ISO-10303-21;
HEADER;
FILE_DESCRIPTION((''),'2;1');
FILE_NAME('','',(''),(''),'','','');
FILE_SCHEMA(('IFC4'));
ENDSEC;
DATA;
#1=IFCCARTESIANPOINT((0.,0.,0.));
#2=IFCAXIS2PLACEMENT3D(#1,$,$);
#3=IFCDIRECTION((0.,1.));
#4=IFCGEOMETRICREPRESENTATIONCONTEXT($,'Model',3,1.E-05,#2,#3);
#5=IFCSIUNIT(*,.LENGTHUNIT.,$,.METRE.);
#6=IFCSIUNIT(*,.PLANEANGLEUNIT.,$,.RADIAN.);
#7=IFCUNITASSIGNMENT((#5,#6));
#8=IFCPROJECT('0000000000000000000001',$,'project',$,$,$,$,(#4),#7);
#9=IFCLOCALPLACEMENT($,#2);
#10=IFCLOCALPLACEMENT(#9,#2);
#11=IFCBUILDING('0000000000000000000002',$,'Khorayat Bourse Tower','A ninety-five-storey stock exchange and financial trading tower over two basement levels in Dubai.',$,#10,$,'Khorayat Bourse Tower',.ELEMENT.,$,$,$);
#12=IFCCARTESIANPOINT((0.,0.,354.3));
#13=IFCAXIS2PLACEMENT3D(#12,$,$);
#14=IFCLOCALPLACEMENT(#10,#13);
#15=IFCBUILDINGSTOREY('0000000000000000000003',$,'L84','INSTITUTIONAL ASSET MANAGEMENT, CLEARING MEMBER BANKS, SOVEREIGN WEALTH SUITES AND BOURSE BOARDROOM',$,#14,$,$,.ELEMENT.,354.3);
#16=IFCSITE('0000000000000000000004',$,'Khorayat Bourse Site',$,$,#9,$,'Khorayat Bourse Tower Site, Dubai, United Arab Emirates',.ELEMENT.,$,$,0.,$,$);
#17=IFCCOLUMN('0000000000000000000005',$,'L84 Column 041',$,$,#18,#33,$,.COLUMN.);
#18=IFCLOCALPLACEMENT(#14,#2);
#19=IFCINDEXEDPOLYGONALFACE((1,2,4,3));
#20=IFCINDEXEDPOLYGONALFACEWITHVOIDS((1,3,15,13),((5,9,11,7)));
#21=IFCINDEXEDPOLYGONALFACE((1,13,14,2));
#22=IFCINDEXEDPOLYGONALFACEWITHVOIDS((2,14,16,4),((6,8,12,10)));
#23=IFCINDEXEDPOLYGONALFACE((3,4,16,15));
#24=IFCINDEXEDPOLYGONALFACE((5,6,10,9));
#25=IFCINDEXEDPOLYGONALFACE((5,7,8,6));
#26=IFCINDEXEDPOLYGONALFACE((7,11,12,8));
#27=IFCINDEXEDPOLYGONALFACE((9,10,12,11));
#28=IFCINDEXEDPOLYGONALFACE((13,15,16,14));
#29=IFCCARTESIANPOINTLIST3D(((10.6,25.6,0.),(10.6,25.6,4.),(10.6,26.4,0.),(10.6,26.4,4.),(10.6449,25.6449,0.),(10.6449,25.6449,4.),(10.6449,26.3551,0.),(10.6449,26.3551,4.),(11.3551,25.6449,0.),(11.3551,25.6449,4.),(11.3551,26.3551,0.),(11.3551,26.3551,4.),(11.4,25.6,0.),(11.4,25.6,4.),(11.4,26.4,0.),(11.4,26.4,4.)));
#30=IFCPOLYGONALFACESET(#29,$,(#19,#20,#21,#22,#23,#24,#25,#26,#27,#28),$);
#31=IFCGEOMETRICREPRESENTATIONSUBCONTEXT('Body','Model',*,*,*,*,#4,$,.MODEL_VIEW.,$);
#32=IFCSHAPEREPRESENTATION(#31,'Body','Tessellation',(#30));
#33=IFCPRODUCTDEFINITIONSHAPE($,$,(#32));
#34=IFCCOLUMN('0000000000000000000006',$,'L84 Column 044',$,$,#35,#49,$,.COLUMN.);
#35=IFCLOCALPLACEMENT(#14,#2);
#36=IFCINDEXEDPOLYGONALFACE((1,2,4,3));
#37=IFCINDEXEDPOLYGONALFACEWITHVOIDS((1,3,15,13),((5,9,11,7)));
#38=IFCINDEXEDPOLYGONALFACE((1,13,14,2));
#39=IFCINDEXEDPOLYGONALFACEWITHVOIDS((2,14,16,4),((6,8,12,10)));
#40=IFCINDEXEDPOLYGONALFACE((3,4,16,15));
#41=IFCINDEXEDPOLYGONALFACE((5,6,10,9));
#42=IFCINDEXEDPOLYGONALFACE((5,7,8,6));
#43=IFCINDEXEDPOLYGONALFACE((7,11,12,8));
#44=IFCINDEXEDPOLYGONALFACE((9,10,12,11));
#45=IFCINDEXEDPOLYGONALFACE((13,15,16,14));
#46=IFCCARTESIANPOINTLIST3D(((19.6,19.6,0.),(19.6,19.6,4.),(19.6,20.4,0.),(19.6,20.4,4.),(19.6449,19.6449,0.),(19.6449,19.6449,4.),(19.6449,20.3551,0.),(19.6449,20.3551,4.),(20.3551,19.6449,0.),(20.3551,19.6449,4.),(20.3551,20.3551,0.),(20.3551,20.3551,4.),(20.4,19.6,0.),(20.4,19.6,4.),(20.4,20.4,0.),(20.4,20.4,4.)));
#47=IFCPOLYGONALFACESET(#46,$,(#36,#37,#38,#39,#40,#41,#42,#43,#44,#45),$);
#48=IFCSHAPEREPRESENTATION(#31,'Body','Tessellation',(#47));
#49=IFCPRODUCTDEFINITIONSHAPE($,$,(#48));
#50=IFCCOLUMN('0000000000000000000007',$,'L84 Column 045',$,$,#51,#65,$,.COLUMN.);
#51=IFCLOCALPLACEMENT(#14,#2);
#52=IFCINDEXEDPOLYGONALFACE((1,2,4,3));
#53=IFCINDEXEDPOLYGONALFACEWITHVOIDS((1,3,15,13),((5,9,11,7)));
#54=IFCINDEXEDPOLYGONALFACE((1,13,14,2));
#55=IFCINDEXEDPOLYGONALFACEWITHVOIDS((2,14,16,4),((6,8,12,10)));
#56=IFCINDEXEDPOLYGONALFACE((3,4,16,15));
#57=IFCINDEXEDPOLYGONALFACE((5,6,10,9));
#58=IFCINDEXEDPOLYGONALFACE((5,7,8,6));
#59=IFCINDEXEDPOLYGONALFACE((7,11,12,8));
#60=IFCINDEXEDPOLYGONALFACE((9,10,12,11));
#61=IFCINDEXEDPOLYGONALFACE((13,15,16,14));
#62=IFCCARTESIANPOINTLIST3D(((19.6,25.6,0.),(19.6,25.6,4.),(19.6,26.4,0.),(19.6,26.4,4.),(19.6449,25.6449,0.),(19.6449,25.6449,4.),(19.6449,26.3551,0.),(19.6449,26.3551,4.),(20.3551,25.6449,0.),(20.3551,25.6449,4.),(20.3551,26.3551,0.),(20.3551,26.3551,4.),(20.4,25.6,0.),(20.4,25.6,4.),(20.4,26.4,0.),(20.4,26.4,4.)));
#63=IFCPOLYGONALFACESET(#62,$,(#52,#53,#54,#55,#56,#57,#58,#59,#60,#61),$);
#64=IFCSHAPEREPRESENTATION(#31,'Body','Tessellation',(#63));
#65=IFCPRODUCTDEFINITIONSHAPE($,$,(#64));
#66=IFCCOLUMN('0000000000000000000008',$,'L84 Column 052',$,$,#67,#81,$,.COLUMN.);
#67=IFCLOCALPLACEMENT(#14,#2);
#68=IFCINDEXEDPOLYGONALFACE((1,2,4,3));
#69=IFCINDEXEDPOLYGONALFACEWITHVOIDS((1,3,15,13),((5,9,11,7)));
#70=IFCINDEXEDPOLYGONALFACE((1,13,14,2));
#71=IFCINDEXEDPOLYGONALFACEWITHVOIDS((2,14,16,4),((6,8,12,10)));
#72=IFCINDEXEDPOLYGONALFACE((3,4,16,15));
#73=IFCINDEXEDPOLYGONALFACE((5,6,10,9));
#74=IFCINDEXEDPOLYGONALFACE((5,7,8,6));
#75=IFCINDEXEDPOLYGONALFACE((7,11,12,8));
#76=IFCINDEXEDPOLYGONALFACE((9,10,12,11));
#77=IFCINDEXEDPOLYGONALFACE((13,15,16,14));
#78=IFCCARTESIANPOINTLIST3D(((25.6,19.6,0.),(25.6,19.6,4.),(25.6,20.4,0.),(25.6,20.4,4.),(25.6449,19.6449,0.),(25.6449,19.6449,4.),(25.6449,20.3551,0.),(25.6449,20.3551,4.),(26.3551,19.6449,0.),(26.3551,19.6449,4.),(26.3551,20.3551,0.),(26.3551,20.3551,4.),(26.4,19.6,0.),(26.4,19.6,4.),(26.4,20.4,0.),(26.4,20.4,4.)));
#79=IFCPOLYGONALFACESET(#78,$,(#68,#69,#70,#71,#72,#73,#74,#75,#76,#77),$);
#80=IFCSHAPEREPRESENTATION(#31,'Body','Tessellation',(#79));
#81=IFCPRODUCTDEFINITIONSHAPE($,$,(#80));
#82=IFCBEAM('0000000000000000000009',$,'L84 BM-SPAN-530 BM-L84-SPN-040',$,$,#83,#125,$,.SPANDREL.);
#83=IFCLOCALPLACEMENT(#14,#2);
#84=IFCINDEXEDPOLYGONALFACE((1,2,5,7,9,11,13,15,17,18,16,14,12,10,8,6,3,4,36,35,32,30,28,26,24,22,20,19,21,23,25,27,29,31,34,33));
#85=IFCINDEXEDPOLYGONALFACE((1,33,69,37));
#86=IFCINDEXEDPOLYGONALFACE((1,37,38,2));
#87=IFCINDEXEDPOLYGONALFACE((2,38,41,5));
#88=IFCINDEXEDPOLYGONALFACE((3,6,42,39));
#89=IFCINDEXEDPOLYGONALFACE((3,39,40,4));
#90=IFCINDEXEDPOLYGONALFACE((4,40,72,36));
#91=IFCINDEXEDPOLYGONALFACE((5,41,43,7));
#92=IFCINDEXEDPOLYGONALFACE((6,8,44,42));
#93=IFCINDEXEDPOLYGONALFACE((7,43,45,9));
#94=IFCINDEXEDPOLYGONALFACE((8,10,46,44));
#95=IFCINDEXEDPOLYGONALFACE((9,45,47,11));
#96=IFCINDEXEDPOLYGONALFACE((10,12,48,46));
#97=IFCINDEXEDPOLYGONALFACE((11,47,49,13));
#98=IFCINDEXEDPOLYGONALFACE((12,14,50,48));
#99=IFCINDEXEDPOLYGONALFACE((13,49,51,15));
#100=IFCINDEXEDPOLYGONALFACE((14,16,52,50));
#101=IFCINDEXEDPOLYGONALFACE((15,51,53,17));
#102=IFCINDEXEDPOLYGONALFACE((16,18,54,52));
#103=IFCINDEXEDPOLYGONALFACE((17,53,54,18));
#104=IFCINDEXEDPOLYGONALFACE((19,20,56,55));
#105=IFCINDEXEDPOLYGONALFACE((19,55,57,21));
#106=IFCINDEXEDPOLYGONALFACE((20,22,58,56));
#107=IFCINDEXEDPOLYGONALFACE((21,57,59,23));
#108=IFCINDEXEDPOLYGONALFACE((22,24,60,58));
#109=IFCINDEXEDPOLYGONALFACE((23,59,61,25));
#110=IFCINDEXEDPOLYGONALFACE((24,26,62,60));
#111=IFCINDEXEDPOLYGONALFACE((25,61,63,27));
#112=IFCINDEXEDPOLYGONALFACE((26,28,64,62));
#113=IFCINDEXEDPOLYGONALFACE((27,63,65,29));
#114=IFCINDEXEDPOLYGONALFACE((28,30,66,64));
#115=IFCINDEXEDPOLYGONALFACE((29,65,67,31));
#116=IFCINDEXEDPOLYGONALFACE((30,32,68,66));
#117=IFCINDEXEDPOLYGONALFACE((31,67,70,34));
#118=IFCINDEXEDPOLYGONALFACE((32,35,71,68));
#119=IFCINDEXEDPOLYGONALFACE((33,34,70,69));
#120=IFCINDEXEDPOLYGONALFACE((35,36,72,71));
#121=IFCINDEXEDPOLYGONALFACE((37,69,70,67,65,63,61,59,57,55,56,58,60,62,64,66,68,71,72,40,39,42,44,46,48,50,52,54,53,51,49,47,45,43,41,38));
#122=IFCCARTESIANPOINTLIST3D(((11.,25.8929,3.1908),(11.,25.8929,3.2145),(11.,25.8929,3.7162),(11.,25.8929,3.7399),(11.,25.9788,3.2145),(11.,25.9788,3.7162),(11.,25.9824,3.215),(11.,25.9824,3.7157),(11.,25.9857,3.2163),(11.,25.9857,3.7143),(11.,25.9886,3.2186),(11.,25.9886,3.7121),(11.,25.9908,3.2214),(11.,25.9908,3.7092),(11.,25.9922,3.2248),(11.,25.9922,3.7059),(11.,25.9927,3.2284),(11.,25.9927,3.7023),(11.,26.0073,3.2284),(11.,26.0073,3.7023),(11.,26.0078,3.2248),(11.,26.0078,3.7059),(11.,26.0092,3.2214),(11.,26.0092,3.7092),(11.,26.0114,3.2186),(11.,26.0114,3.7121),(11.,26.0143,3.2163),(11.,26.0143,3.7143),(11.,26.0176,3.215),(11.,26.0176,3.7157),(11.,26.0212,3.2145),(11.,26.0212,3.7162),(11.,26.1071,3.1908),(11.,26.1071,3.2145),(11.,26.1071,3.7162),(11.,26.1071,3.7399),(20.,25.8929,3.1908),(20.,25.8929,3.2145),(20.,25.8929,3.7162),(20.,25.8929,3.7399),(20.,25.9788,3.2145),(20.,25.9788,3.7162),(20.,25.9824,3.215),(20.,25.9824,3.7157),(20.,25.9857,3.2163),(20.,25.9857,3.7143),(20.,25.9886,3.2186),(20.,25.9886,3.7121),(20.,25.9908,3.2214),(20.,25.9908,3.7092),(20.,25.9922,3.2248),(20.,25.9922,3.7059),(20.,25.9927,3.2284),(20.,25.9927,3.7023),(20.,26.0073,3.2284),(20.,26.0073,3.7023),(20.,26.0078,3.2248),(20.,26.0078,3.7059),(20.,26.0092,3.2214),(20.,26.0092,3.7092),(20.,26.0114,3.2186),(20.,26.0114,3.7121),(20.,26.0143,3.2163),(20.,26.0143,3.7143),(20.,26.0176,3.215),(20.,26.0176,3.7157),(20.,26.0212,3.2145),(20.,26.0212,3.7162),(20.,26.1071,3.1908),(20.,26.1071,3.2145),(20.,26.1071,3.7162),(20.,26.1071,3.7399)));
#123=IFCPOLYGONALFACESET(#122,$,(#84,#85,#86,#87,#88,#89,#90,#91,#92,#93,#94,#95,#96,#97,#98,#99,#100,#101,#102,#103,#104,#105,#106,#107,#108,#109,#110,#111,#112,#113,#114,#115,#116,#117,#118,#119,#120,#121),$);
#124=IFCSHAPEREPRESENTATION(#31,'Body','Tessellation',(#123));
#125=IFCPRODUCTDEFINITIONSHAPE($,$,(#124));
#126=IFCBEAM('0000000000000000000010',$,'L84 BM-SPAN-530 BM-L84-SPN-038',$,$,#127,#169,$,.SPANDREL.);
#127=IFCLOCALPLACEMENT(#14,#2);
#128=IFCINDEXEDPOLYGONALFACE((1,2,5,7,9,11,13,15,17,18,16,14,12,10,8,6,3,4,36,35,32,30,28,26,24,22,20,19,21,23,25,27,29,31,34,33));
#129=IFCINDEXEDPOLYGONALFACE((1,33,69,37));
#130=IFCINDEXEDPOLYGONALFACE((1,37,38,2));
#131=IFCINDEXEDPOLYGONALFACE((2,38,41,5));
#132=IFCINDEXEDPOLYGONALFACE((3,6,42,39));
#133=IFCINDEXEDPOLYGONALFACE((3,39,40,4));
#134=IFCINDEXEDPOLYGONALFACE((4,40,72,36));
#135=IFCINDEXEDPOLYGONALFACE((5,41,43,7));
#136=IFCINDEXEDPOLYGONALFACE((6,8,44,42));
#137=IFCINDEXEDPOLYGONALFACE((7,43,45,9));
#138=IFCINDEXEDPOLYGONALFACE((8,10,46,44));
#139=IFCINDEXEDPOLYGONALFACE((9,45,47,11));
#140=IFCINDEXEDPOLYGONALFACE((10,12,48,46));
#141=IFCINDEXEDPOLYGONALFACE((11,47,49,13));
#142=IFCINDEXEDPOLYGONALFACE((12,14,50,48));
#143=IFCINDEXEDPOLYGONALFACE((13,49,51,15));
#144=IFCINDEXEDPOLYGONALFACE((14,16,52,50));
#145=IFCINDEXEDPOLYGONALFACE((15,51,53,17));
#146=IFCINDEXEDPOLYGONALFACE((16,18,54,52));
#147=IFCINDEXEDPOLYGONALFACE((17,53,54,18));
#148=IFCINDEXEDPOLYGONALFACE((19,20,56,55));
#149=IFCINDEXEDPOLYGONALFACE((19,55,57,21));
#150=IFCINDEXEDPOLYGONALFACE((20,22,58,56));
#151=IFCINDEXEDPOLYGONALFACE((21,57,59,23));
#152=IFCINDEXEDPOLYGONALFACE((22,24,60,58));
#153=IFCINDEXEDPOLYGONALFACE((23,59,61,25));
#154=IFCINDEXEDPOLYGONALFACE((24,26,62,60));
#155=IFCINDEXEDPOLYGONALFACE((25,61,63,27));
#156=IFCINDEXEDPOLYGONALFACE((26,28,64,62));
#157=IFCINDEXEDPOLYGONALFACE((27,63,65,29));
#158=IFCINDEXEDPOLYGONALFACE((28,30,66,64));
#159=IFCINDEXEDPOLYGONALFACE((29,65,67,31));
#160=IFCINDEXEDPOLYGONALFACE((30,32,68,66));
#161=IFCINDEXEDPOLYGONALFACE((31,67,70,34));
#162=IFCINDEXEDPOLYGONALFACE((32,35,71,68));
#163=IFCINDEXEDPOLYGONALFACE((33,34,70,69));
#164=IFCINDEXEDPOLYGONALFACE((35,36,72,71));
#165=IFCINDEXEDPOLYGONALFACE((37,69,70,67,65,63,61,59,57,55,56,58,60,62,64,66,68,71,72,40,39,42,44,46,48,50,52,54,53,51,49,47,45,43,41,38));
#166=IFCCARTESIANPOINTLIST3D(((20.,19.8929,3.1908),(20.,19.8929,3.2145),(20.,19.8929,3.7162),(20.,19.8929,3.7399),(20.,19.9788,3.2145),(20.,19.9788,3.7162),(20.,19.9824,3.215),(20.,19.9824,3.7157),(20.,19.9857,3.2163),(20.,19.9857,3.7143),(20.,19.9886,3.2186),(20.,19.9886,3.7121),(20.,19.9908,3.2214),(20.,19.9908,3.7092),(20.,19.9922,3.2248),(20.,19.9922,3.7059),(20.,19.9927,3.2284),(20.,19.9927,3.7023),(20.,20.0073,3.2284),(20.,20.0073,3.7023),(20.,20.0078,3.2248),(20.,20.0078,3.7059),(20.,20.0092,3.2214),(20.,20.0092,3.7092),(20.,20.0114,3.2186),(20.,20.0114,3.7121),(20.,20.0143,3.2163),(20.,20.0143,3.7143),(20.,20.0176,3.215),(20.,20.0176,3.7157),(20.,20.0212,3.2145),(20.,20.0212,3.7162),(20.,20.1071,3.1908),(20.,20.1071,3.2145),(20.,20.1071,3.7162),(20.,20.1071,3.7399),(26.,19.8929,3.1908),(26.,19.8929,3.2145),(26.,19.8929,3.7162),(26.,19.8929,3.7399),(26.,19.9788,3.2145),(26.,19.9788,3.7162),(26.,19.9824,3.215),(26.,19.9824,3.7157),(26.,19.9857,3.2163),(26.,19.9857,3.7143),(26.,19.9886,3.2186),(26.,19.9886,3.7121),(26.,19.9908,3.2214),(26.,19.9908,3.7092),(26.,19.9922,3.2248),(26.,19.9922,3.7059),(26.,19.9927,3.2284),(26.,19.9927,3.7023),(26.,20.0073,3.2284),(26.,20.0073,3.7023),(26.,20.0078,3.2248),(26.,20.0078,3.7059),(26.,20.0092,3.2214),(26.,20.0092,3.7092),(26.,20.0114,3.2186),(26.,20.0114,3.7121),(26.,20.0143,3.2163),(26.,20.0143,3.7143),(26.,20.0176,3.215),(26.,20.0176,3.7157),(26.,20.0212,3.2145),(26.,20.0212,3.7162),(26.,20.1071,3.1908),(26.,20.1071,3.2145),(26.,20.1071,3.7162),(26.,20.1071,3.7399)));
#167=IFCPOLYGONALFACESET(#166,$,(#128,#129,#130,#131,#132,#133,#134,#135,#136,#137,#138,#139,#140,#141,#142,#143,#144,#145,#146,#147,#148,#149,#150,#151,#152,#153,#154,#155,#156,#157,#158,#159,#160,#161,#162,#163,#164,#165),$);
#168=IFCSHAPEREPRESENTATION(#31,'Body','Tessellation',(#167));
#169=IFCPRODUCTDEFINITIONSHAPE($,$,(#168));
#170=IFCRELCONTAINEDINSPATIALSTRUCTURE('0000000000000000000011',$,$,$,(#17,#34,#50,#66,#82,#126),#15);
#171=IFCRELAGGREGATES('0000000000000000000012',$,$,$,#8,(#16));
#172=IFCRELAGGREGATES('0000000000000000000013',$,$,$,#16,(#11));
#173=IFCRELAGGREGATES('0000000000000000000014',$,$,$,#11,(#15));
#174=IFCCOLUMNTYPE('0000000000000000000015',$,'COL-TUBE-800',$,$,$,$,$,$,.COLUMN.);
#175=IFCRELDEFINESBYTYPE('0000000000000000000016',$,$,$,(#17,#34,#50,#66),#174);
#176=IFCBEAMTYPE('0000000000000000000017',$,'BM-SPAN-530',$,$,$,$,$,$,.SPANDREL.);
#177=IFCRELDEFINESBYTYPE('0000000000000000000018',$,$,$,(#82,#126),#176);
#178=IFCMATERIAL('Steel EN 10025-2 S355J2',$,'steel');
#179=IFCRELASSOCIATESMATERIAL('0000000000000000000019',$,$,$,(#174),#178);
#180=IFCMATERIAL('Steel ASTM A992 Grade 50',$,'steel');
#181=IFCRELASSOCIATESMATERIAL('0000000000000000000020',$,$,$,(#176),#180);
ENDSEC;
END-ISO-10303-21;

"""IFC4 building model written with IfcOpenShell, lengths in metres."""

from ifc_helpers import new_model, si_unit, direction, frame, origin, origin_2d, place, context, subcontext, project, spatial, hollow_rectangle, i_section, extrude, source, transform, mapped, material, material_profile, profile_set, type_object, element, save


model = new_model("IFC4")

# Units and contexts
model_context = context("Model", 3, precision=1e-05, world=origin(), true_north=direction((0.0, 1.0)))
body_context = subcontext(model_context, "Body", "Model", "MODEL_VIEW")
ifc_project = project(units=[si_unit("LENGTHUNIT", "METRE"), si_unit("PLANEANGLEUNIT", "RADIAN")], contexts=[model_context])

# Site, building, storey
site_placement = place(None, origin())
site = spatial("IfcSite", under=ifc_project, at=site_placement, Name="Khorayat Bourse Site", LongName="Khorayat Bourse Tower Site, Dubai, United Arab Emirates", CompositionType="ELEMENT", RefElevation=0.0)
building_placement = place(site_placement, origin())
building = spatial("IfcBuilding", under=site, at=building_placement, Name="Khorayat Bourse Tower", Description="A ninety-five-storey stock exchange and financial trading tower over two basement levels in Dubai.", LongName="Khorayat Bourse Tower", CompositionType="ELEMENT")
storey_placement = place(building_placement, frame((0.0, 0.0, 354.3)))
storey = spatial("IfcBuildingStorey", under=building, at=storey_placement, Name="L84", Description="INSTITUTIONAL ASSET MANAGEMENT, CLEARING MEMBER BANKS, SOVEREIGN WEALTH SUITES AND BOURSE BOARDROOM", CompositionType="ELEMENT", Elevation=354.3)

# Columns
ifc_material_1 = material(Name="Steel EN 10025-2 S355J2", Category="steel")
ifc_material_profile_1 = material_profile(ifc_material_1, hollow_rectangle(XDim=0.8, YDim=0.8, WallThickness=0.0449, at=origin_2d()), Name="BOX 800x800x45")
ifc_profile_set_1 = profile_set([ifc_material_profile_1], Name="Steel EN 10025-2 S355J2")
column_type = type_object("IfcColumnType", Name="COL-TUBE-800", PredefinedType="COLUMN", material=ifc_profile_set_1)
shared_shape_1 = source(origin(), body_context, "Body", "SweptSolid", [
    extrude(hollow_rectangle(XDim=0.8, YDim=0.8, WallThickness=0.0449, at=origin_2d()), origin(), (0.0, 0.0, 1.0), 4.0),
])
for number, where, z_axis, x_axis, name in (
    (1, (11.0, 26.0, 0.0), (0.0, 0.0, 1.0), (1.0, 0.0, 0.0), "L84 Column 041"),
    (2, (20.0, 20.0, 0.0), (0.0, 0.0, 1.0), (1.0, 0.0, 0.0), "L84 Column 044"),
    (3, (20.0, 26.0, 0.0), (0.0, 0.0, 1.0), (1.0, 0.0, 0.0), "L84 Column 045"),
    (4, (26.0, 20.0, 0.0), (0.0, 0.0, 1.0), (1.0, 0.0, 0.0), "L84 Column 052"),
):
    element("IfcColumn", number, at=place(storey_placement, frame(where, z_axis=z_axis, x_axis=x_axis)), inside=storey, type_object=column_type, Name=name, PredefinedType="COLUMN", context=body_context, shape_type="MappedRepresentation", body=[
        mapped(shared_shape_1, transform((0.0, 0.0, 0.0), scale=1.0)),
    ])

# Beams
ifc_material_2 = material(Name="Steel ASTM A992 Grade 50", Category="steel")
ifc_material_profile_2 = material_profile(ifc_material_2, i_section(OverallWidth=0.2141, OverallDepth=0.5491, WebThickness=0.0146, FlangeThickness=0.0237, FilletRadius=0.0139, at=origin_2d()), Name="W530X138")
ifc_profile_set_2 = profile_set([ifc_material_profile_2], Name="Steel ASTM A992 Grade 50")
beam_type_1 = type_object("IfcBeamType", Name="BM-SPAN-530", PredefinedType="SPANDREL", material=ifc_profile_set_2)
shared_shape_2 = source(origin(), body_context, "Body", "SweptSolid", [
    extrude(i_section(OverallWidth=0.2141, OverallDepth=0.5491, WebThickness=0.0146, FlangeThickness=0.0237, FilletRadius=0.0139, at=origin_2d()), origin(), (0.0, 0.0, 1.0), 9.0),
])
beam_1_placement = place(storey_placement, frame((11.0, 26.0, 3.4653), z_axis=(1.0, 0.0, 0.0), x_axis=(0.0, 1.0, 0.0)))
element("IfcBeam", 5, at=beam_1_placement, inside=storey, type_object=beam_type_1, Name="L84 BM-SPAN-530 BM-L84-SPN-040", PredefinedType="SPANDREL", context=body_context, shape_type="MappedRepresentation", body=[
    mapped(shared_shape_2, transform((0.0, 0.0, 0.0), scale=1.0)),
])
shared_shape_3 = source(origin(), body_context, "Body", "SweptSolid", [
    extrude(i_section(OverallWidth=0.2141, OverallDepth=0.5491, WebThickness=0.0146, FlangeThickness=0.0237, FilletRadius=0.0139, at=origin_2d()), origin(), (0.0, 0.0, 1.0), 6.0),
])
for number, where, z_axis, x_axis, name in (
    (6, (20.0, 20.0, 3.4653), (1.0, 0.0, 0.0), (0.0, 1.0, 0.0), "L84 BM-SPAN-530 BM-L84-SPN-038"),
):
    element("IfcBeam", number, at=place(storey_placement, frame(where, z_axis=z_axis, x_axis=x_axis)), inside=storey, type_object=beam_type_1, Name=name, PredefinedType="SPANDREL", context=body_context, shape_type="MappedRepresentation", body=[
        mapped(shared_shape_3, transform((0.0, 0.0, 0.0), scale=1.0)),
    ])

save(model, "model.ifc")
